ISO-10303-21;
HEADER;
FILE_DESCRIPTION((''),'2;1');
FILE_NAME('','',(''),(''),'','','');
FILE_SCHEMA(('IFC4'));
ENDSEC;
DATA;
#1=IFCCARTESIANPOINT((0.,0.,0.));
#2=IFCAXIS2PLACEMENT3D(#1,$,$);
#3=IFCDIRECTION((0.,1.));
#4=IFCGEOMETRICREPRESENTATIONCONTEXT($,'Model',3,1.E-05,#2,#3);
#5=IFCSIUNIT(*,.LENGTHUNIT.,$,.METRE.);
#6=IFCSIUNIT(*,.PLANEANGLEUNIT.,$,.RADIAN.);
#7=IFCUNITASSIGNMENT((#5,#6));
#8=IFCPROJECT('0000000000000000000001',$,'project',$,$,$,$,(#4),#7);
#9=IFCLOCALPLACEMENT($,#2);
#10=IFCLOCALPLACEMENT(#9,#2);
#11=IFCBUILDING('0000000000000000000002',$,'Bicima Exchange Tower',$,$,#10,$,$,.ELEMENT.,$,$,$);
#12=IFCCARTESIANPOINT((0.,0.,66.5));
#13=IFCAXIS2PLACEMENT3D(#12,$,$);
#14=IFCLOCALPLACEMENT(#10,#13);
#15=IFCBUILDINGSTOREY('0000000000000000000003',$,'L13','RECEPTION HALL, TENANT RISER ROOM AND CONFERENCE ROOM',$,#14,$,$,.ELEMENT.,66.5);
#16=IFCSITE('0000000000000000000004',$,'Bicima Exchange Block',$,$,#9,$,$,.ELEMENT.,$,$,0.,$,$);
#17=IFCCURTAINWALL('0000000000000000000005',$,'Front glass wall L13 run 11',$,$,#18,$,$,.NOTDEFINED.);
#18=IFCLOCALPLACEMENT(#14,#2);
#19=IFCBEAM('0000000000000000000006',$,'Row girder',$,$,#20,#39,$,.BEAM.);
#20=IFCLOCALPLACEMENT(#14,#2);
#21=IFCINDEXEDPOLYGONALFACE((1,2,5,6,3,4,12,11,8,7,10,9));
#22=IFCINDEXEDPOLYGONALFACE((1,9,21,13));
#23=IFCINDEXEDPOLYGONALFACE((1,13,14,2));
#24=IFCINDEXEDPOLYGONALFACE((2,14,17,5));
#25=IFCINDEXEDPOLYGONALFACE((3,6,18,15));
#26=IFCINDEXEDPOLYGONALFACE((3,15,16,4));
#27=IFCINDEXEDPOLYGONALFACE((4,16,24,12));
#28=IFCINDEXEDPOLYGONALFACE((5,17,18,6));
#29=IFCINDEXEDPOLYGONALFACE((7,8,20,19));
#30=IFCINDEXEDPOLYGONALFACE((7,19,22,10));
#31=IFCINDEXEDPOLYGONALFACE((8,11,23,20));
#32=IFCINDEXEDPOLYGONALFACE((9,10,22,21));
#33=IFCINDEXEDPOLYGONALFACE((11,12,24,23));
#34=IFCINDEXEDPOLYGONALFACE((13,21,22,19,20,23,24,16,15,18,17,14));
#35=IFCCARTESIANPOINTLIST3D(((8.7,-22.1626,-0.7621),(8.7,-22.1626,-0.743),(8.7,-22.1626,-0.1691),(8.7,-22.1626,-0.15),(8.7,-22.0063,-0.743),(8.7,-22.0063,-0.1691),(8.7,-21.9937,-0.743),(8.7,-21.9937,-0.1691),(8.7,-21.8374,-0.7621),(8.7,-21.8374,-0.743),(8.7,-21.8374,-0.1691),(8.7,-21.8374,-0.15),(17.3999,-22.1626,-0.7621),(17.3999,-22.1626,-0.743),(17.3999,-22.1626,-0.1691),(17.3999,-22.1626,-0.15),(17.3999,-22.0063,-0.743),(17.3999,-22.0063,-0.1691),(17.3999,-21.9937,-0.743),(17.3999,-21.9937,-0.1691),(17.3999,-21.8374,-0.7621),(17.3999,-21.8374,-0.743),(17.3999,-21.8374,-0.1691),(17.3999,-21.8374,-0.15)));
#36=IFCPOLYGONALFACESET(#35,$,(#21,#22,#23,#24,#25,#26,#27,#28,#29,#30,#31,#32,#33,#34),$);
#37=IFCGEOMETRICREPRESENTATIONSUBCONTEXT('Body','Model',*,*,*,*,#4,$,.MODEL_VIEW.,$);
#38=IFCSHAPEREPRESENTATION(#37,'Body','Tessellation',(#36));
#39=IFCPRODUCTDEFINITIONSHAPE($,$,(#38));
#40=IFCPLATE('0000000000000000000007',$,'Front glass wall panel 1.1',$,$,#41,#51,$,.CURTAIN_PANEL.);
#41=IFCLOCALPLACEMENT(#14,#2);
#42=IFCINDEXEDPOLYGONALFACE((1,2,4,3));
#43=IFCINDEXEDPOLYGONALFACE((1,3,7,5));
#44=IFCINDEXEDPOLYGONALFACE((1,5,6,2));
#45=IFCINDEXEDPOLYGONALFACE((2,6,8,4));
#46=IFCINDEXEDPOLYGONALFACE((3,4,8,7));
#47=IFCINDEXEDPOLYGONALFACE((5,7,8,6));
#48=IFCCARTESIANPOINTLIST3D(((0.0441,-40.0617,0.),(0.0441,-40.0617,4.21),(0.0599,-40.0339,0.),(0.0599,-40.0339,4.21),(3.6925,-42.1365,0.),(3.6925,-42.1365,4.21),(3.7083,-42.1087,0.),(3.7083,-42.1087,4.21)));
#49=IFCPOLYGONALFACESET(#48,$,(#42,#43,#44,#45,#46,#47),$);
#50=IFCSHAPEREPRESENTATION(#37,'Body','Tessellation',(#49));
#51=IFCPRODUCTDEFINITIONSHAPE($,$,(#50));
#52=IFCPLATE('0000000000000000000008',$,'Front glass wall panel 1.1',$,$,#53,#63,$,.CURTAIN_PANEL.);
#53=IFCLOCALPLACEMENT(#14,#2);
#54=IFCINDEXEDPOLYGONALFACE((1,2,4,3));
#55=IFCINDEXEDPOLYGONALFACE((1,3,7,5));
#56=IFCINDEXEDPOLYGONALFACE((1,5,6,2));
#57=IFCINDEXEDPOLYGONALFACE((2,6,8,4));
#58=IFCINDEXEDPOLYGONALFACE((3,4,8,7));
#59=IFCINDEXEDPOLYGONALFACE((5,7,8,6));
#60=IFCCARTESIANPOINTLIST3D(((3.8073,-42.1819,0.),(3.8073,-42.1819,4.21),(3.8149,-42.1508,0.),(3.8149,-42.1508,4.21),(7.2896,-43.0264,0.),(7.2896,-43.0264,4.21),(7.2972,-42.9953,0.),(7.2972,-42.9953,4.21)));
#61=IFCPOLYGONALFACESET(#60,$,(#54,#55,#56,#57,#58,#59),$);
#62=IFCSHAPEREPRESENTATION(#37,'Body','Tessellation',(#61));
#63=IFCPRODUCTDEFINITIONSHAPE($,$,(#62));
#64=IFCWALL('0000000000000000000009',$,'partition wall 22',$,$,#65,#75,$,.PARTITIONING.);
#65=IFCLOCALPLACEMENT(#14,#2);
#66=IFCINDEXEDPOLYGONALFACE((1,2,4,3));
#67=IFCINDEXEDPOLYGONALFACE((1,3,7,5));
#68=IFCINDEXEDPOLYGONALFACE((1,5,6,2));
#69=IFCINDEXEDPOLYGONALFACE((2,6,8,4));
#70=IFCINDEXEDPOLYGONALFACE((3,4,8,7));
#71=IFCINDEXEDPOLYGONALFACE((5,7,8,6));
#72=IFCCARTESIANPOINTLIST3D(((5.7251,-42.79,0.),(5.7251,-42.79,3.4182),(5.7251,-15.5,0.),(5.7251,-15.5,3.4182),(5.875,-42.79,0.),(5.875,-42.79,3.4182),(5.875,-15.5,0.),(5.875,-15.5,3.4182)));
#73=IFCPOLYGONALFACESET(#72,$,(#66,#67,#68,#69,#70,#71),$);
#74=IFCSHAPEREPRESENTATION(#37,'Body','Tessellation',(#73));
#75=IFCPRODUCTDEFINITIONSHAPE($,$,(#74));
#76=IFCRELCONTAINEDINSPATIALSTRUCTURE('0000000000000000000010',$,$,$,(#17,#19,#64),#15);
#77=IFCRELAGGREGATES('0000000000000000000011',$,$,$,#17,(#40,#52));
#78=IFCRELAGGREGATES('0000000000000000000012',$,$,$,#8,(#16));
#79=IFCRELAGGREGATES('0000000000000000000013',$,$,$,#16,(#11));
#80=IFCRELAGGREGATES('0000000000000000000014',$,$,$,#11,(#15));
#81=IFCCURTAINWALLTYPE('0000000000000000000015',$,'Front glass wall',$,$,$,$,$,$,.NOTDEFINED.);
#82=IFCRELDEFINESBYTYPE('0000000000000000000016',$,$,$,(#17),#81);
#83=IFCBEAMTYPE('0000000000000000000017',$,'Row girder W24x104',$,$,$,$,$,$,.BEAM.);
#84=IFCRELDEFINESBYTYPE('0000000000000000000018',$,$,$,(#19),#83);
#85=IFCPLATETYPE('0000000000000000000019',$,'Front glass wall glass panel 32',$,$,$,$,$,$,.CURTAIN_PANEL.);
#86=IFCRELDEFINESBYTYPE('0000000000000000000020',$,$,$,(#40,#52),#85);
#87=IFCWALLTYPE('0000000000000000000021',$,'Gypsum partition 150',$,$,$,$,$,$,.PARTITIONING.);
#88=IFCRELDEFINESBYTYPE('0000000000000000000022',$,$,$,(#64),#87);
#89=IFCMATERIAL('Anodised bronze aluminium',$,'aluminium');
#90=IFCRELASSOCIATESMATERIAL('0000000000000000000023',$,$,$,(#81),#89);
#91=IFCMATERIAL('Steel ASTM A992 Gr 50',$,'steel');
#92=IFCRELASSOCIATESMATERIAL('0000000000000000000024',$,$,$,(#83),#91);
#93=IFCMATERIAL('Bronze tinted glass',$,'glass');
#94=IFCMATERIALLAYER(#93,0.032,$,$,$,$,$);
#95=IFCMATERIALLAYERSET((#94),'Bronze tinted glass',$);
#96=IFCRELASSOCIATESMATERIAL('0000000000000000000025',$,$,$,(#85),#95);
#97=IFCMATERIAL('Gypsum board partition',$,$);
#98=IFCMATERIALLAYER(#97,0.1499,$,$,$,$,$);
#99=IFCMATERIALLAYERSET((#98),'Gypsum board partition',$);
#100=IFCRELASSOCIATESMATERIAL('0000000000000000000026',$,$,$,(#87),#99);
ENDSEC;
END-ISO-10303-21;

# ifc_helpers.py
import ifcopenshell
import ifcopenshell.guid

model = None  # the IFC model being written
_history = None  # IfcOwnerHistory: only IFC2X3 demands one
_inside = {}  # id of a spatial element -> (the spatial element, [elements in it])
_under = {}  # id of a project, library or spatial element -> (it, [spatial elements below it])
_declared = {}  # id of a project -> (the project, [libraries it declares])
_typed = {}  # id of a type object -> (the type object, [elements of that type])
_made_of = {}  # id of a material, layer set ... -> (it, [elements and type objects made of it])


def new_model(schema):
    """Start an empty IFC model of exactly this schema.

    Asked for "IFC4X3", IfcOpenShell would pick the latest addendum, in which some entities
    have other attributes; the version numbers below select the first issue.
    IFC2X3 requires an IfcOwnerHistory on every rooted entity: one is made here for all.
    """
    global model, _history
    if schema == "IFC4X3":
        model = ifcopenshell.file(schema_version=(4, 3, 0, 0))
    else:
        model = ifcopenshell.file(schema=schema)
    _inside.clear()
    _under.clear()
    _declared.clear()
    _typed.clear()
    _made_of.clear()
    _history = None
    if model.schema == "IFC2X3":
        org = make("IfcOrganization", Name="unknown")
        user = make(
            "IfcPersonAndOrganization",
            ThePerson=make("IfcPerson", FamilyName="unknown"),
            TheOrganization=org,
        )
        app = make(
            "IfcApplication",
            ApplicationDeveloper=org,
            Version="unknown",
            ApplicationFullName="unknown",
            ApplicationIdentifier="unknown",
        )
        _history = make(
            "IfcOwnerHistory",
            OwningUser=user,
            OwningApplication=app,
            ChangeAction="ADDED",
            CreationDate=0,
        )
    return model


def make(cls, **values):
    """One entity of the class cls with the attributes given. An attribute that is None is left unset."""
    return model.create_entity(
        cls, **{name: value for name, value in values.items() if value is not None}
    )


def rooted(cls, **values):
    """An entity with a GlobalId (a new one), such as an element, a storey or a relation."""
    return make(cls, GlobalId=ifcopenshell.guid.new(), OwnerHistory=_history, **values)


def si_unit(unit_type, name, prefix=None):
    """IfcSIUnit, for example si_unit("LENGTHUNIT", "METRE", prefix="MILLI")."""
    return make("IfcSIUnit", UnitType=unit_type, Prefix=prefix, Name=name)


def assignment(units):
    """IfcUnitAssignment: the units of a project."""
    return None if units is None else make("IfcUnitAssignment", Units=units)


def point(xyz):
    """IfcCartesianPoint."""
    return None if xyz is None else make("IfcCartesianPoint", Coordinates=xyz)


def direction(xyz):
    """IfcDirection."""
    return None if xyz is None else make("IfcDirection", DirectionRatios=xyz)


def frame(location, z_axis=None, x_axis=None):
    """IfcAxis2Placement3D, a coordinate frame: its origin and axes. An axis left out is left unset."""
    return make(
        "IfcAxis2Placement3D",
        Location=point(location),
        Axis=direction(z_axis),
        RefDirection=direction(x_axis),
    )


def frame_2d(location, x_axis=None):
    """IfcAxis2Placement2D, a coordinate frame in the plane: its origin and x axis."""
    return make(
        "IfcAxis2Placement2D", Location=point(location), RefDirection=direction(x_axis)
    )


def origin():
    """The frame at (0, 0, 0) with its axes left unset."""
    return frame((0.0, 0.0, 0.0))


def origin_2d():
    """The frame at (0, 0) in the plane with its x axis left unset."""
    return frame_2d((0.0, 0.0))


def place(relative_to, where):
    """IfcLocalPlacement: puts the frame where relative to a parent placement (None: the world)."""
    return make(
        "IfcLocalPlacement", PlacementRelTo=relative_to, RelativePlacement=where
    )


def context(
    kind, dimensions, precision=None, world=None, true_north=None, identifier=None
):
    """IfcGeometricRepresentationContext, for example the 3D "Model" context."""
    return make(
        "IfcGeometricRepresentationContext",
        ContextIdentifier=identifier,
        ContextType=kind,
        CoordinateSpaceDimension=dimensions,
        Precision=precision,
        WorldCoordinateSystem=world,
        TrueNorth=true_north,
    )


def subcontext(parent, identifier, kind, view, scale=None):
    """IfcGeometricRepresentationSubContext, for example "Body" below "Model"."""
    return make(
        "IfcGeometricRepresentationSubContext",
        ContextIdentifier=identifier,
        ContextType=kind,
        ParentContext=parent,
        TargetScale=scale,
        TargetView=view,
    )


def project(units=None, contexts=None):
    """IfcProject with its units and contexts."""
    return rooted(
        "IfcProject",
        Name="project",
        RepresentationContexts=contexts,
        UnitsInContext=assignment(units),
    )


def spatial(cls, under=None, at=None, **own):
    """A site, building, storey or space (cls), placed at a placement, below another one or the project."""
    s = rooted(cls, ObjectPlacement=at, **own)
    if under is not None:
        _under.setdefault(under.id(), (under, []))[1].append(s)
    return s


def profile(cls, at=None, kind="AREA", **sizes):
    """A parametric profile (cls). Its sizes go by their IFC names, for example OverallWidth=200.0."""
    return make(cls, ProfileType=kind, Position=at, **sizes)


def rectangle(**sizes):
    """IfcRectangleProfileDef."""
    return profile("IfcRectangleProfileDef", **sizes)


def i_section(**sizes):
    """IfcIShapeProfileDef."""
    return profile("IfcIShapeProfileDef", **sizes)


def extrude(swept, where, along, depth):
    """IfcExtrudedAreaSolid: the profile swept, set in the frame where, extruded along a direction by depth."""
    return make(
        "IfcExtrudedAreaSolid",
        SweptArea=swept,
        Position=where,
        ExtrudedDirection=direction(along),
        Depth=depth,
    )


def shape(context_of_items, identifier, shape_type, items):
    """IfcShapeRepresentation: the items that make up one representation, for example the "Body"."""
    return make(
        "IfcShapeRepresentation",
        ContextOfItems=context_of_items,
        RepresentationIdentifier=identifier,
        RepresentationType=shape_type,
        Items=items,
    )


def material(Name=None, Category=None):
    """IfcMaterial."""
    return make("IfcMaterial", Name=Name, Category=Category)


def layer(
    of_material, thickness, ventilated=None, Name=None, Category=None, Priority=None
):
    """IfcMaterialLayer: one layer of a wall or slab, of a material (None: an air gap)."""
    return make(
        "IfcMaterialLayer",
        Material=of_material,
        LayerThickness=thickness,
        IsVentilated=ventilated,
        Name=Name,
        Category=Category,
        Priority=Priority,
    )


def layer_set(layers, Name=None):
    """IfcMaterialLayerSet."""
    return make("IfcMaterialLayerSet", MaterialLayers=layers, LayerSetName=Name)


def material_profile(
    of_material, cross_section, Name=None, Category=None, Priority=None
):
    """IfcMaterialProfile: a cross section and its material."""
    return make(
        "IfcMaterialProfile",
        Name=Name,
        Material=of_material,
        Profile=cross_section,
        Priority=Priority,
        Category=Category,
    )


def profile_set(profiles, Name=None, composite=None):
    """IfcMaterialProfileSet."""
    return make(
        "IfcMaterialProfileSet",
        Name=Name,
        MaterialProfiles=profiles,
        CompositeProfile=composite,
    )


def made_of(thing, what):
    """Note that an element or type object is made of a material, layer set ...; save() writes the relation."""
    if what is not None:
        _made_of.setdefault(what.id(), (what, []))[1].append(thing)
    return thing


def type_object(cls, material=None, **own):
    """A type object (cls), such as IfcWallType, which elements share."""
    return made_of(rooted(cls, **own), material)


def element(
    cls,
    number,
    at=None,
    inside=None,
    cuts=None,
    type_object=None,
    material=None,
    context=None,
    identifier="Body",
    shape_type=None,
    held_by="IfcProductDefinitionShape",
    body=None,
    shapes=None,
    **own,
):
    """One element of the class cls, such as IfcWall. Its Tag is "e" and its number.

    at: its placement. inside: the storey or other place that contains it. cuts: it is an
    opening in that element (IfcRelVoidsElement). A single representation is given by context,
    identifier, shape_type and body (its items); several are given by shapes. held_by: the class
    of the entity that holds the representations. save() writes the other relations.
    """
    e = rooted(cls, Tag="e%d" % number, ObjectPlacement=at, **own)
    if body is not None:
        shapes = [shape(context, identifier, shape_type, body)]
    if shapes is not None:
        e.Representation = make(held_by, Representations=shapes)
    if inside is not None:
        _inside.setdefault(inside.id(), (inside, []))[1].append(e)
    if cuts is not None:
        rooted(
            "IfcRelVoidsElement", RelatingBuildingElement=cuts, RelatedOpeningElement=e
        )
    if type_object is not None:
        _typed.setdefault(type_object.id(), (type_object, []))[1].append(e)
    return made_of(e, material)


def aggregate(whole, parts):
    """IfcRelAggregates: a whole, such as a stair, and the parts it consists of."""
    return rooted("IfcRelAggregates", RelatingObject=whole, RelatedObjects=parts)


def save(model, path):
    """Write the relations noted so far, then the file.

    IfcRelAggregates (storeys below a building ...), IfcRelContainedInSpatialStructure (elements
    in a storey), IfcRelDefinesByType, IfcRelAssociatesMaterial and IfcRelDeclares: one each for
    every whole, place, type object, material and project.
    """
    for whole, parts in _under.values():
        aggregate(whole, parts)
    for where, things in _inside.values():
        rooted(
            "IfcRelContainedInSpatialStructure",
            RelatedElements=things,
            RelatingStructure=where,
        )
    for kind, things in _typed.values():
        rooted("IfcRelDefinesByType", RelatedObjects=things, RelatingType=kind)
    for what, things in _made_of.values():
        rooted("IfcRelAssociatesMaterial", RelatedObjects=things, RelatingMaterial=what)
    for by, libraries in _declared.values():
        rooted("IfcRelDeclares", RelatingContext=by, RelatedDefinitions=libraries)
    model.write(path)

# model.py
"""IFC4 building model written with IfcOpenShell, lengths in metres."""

from ifc_helpers import new_model, si_unit, direction, frame, frame_2d, origin, origin_2d, place, context, subcontext, project, spatial, rectangle, i_section, extrude, material, layer, layer_set, material_profile, profile_set, type_object, element, aggregate, save


model = new_model("IFC4")

# Units and contexts
model_context = context("Model", 3, precision=1e-05, world=origin(), true_north=direction((0.0, 1.0)))
body_context = subcontext(model_context, "Body", "Model", "MODEL_VIEW")
ifc_project = project(units=[si_unit("LENGTHUNIT", "METRE"), si_unit("PLANEANGLEUNIT", "RADIAN")], contexts=[model_context])

# Site, building, storey
site_placement = place(None, origin())
site = spatial("IfcSite", under=ifc_project, at=site_placement, Name="Bicima Exchange Block", CompositionType="ELEMENT", RefElevation=0.0)
building_placement = place(site_placement, origin())
building = spatial("IfcBuilding", under=site, at=building_placement, Name="Bicima Exchange Tower", CompositionType="ELEMENT")
storey_placement = place(building_placement, frame((0.0, 0.0, 66.5)))
storey = spatial("IfcBuildingStorey", under=building, at=storey_placement, Name="L13", Description="RECEPTION HALL, TENANT RISER ROOM AND CONFERENCE ROOM", CompositionType="ELEMENT", Elevation=66.5)

# Shared definitions
ifc_material_1 = material(Name="Steel ASTM A992 Gr 50", Category="steel")

# Curtain wall
ifc_material_2 = material(Name="Anodised bronze aluminium", Category="aluminium")
curtain_wall_type = type_object("IfcCurtainWallType", Name="Front glass wall", PredefinedType="NOTDEFINED", material=ifc_material_2)
curtain_wall_placement = place(storey_placement, origin())
curtain_wall = element("IfcCurtainWall", 1, at=curtain_wall_placement, inside=storey, type_object=curtain_wall_type, Name="Front glass wall L13 run 11", PredefinedType="NOTDEFINED")

# Beam
ifc_material_profile_1 = material_profile(ifc_material_1, i_section(OverallWidth=0.3252, OverallDepth=0.6121, WebThickness=0.0127, FlangeThickness=0.019, at=origin_2d()))
ifc_profile_set_1 = profile_set([ifc_material_profile_1], Name="Steel ASTM A992 Gr 50")
beam_type_1 = type_object("IfcBeamType", Name="Row girder W24x104", PredefinedType="BEAM", material=ifc_profile_set_1)
for number, where, z_axis, x_axis, name in (
    (2, (8.7, -22.0, -0.4561), (1.0, 0.0, 0.0), (0.0, 1.0, 0.0), "Row girder"),
):
    element("IfcBeam", number, at=place(storey_placement, frame(where, z_axis=z_axis, x_axis=x_axis)), inside=storey, type_object=beam_type_1, Name=name, PredefinedType="BEAM", context=body_context, shape_type="SweptSolid", body=[
        extrude(i_section(OverallWidth=0.3252, OverallDepth=0.6121, WebThickness=0.0127, FlangeThickness=0.019, at=origin_2d()), origin(), (0.0, 0.0, 1.0), 8.7),
    ])

# Plates
ifc_material_3 = material(Name="Bronze tinted glass", Category="glass")
ifc_layer_1 = layer(ifc_material_3, 0.032)
ifc_layer_set_1 = layer_set([ifc_layer_1], Name="Bronze tinted glass")
plate_type = type_object("IfcPlateType", Name="Front glass wall glass panel 32", PredefinedType="CURTAIN_PANEL", material=ifc_layer_set_1)
plate_1_placement = place(storey_placement, frame((1.8762, -41.0852, 0.0), z_axis=(0.0, 0.0, 1.0), x_axis=(0.869274, -0.49433, 0.0)))
plate_1 = element("IfcPlate", 3, at=plate_1_placement, type_object=plate_type, Name="Front glass wall panel 1.1", PredefinedType="CURTAIN_PANEL", context=body_context, shape_type="SweptSolid", body=[
    extrude(rectangle(XDim=4.197, YDim=0.032, at=origin_2d()), origin(), (0.0, 0.0, 1.0), 4.21),
])
plate_2_placement = place(storey_placement, frame((5.5522, -42.5886, 0.0), z_axis=(0.0, 0.0, 1.0), x_axis=(0.97183, -0.235682, 0.0)))
plate_2 = element("IfcPlate", 4, at=plate_2_placement, type_object=plate_type, Name="Front glass wall panel 1.1", PredefinedType="CURTAIN_PANEL", context=body_context, shape_type="SweptSolid", body=[
    extrude(rectangle(XDim=3.5833, YDim=0.032, at=origin_2d()), origin(), (0.0, 0.0, 1.0), 4.21),
])
aggregate(curtain_wall, [plate_1, plate_2])

# Wall
ifc_material_4 = material(Name="Gypsum board partition")
ifc_layer_2 = layer(ifc_material_4, 0.1499)
ifc_layer_set_2 = layer_set([ifc_layer_2], Name="Gypsum board partition")
wall_type = type_object("IfcWallType", Name="Gypsum partition 150", PredefinedType="PARTITIONING", material=ifc_layer_set_2)
wall_placement = place(storey_placement, frame((5.8, -42.79, 0.0), z_axis=(0.0, 0.0, 1.0), x_axis=(0.0, 1.0, 0.0)))
element("IfcWall", 5, at=wall_placement, inside=storey, type_object=wall_type, Name="partition wall 22", PredefinedType="PARTITIONING", context=body_context, shape_type="SweptSolid", body=[
    extrude(rectangle(XDim=27.29, YDim=0.1499, at=frame_2d((13.645, 0.0))), origin(), (0.0, 0.0, 1.0), 3.4182),
])

save(model, "model.ifc")
